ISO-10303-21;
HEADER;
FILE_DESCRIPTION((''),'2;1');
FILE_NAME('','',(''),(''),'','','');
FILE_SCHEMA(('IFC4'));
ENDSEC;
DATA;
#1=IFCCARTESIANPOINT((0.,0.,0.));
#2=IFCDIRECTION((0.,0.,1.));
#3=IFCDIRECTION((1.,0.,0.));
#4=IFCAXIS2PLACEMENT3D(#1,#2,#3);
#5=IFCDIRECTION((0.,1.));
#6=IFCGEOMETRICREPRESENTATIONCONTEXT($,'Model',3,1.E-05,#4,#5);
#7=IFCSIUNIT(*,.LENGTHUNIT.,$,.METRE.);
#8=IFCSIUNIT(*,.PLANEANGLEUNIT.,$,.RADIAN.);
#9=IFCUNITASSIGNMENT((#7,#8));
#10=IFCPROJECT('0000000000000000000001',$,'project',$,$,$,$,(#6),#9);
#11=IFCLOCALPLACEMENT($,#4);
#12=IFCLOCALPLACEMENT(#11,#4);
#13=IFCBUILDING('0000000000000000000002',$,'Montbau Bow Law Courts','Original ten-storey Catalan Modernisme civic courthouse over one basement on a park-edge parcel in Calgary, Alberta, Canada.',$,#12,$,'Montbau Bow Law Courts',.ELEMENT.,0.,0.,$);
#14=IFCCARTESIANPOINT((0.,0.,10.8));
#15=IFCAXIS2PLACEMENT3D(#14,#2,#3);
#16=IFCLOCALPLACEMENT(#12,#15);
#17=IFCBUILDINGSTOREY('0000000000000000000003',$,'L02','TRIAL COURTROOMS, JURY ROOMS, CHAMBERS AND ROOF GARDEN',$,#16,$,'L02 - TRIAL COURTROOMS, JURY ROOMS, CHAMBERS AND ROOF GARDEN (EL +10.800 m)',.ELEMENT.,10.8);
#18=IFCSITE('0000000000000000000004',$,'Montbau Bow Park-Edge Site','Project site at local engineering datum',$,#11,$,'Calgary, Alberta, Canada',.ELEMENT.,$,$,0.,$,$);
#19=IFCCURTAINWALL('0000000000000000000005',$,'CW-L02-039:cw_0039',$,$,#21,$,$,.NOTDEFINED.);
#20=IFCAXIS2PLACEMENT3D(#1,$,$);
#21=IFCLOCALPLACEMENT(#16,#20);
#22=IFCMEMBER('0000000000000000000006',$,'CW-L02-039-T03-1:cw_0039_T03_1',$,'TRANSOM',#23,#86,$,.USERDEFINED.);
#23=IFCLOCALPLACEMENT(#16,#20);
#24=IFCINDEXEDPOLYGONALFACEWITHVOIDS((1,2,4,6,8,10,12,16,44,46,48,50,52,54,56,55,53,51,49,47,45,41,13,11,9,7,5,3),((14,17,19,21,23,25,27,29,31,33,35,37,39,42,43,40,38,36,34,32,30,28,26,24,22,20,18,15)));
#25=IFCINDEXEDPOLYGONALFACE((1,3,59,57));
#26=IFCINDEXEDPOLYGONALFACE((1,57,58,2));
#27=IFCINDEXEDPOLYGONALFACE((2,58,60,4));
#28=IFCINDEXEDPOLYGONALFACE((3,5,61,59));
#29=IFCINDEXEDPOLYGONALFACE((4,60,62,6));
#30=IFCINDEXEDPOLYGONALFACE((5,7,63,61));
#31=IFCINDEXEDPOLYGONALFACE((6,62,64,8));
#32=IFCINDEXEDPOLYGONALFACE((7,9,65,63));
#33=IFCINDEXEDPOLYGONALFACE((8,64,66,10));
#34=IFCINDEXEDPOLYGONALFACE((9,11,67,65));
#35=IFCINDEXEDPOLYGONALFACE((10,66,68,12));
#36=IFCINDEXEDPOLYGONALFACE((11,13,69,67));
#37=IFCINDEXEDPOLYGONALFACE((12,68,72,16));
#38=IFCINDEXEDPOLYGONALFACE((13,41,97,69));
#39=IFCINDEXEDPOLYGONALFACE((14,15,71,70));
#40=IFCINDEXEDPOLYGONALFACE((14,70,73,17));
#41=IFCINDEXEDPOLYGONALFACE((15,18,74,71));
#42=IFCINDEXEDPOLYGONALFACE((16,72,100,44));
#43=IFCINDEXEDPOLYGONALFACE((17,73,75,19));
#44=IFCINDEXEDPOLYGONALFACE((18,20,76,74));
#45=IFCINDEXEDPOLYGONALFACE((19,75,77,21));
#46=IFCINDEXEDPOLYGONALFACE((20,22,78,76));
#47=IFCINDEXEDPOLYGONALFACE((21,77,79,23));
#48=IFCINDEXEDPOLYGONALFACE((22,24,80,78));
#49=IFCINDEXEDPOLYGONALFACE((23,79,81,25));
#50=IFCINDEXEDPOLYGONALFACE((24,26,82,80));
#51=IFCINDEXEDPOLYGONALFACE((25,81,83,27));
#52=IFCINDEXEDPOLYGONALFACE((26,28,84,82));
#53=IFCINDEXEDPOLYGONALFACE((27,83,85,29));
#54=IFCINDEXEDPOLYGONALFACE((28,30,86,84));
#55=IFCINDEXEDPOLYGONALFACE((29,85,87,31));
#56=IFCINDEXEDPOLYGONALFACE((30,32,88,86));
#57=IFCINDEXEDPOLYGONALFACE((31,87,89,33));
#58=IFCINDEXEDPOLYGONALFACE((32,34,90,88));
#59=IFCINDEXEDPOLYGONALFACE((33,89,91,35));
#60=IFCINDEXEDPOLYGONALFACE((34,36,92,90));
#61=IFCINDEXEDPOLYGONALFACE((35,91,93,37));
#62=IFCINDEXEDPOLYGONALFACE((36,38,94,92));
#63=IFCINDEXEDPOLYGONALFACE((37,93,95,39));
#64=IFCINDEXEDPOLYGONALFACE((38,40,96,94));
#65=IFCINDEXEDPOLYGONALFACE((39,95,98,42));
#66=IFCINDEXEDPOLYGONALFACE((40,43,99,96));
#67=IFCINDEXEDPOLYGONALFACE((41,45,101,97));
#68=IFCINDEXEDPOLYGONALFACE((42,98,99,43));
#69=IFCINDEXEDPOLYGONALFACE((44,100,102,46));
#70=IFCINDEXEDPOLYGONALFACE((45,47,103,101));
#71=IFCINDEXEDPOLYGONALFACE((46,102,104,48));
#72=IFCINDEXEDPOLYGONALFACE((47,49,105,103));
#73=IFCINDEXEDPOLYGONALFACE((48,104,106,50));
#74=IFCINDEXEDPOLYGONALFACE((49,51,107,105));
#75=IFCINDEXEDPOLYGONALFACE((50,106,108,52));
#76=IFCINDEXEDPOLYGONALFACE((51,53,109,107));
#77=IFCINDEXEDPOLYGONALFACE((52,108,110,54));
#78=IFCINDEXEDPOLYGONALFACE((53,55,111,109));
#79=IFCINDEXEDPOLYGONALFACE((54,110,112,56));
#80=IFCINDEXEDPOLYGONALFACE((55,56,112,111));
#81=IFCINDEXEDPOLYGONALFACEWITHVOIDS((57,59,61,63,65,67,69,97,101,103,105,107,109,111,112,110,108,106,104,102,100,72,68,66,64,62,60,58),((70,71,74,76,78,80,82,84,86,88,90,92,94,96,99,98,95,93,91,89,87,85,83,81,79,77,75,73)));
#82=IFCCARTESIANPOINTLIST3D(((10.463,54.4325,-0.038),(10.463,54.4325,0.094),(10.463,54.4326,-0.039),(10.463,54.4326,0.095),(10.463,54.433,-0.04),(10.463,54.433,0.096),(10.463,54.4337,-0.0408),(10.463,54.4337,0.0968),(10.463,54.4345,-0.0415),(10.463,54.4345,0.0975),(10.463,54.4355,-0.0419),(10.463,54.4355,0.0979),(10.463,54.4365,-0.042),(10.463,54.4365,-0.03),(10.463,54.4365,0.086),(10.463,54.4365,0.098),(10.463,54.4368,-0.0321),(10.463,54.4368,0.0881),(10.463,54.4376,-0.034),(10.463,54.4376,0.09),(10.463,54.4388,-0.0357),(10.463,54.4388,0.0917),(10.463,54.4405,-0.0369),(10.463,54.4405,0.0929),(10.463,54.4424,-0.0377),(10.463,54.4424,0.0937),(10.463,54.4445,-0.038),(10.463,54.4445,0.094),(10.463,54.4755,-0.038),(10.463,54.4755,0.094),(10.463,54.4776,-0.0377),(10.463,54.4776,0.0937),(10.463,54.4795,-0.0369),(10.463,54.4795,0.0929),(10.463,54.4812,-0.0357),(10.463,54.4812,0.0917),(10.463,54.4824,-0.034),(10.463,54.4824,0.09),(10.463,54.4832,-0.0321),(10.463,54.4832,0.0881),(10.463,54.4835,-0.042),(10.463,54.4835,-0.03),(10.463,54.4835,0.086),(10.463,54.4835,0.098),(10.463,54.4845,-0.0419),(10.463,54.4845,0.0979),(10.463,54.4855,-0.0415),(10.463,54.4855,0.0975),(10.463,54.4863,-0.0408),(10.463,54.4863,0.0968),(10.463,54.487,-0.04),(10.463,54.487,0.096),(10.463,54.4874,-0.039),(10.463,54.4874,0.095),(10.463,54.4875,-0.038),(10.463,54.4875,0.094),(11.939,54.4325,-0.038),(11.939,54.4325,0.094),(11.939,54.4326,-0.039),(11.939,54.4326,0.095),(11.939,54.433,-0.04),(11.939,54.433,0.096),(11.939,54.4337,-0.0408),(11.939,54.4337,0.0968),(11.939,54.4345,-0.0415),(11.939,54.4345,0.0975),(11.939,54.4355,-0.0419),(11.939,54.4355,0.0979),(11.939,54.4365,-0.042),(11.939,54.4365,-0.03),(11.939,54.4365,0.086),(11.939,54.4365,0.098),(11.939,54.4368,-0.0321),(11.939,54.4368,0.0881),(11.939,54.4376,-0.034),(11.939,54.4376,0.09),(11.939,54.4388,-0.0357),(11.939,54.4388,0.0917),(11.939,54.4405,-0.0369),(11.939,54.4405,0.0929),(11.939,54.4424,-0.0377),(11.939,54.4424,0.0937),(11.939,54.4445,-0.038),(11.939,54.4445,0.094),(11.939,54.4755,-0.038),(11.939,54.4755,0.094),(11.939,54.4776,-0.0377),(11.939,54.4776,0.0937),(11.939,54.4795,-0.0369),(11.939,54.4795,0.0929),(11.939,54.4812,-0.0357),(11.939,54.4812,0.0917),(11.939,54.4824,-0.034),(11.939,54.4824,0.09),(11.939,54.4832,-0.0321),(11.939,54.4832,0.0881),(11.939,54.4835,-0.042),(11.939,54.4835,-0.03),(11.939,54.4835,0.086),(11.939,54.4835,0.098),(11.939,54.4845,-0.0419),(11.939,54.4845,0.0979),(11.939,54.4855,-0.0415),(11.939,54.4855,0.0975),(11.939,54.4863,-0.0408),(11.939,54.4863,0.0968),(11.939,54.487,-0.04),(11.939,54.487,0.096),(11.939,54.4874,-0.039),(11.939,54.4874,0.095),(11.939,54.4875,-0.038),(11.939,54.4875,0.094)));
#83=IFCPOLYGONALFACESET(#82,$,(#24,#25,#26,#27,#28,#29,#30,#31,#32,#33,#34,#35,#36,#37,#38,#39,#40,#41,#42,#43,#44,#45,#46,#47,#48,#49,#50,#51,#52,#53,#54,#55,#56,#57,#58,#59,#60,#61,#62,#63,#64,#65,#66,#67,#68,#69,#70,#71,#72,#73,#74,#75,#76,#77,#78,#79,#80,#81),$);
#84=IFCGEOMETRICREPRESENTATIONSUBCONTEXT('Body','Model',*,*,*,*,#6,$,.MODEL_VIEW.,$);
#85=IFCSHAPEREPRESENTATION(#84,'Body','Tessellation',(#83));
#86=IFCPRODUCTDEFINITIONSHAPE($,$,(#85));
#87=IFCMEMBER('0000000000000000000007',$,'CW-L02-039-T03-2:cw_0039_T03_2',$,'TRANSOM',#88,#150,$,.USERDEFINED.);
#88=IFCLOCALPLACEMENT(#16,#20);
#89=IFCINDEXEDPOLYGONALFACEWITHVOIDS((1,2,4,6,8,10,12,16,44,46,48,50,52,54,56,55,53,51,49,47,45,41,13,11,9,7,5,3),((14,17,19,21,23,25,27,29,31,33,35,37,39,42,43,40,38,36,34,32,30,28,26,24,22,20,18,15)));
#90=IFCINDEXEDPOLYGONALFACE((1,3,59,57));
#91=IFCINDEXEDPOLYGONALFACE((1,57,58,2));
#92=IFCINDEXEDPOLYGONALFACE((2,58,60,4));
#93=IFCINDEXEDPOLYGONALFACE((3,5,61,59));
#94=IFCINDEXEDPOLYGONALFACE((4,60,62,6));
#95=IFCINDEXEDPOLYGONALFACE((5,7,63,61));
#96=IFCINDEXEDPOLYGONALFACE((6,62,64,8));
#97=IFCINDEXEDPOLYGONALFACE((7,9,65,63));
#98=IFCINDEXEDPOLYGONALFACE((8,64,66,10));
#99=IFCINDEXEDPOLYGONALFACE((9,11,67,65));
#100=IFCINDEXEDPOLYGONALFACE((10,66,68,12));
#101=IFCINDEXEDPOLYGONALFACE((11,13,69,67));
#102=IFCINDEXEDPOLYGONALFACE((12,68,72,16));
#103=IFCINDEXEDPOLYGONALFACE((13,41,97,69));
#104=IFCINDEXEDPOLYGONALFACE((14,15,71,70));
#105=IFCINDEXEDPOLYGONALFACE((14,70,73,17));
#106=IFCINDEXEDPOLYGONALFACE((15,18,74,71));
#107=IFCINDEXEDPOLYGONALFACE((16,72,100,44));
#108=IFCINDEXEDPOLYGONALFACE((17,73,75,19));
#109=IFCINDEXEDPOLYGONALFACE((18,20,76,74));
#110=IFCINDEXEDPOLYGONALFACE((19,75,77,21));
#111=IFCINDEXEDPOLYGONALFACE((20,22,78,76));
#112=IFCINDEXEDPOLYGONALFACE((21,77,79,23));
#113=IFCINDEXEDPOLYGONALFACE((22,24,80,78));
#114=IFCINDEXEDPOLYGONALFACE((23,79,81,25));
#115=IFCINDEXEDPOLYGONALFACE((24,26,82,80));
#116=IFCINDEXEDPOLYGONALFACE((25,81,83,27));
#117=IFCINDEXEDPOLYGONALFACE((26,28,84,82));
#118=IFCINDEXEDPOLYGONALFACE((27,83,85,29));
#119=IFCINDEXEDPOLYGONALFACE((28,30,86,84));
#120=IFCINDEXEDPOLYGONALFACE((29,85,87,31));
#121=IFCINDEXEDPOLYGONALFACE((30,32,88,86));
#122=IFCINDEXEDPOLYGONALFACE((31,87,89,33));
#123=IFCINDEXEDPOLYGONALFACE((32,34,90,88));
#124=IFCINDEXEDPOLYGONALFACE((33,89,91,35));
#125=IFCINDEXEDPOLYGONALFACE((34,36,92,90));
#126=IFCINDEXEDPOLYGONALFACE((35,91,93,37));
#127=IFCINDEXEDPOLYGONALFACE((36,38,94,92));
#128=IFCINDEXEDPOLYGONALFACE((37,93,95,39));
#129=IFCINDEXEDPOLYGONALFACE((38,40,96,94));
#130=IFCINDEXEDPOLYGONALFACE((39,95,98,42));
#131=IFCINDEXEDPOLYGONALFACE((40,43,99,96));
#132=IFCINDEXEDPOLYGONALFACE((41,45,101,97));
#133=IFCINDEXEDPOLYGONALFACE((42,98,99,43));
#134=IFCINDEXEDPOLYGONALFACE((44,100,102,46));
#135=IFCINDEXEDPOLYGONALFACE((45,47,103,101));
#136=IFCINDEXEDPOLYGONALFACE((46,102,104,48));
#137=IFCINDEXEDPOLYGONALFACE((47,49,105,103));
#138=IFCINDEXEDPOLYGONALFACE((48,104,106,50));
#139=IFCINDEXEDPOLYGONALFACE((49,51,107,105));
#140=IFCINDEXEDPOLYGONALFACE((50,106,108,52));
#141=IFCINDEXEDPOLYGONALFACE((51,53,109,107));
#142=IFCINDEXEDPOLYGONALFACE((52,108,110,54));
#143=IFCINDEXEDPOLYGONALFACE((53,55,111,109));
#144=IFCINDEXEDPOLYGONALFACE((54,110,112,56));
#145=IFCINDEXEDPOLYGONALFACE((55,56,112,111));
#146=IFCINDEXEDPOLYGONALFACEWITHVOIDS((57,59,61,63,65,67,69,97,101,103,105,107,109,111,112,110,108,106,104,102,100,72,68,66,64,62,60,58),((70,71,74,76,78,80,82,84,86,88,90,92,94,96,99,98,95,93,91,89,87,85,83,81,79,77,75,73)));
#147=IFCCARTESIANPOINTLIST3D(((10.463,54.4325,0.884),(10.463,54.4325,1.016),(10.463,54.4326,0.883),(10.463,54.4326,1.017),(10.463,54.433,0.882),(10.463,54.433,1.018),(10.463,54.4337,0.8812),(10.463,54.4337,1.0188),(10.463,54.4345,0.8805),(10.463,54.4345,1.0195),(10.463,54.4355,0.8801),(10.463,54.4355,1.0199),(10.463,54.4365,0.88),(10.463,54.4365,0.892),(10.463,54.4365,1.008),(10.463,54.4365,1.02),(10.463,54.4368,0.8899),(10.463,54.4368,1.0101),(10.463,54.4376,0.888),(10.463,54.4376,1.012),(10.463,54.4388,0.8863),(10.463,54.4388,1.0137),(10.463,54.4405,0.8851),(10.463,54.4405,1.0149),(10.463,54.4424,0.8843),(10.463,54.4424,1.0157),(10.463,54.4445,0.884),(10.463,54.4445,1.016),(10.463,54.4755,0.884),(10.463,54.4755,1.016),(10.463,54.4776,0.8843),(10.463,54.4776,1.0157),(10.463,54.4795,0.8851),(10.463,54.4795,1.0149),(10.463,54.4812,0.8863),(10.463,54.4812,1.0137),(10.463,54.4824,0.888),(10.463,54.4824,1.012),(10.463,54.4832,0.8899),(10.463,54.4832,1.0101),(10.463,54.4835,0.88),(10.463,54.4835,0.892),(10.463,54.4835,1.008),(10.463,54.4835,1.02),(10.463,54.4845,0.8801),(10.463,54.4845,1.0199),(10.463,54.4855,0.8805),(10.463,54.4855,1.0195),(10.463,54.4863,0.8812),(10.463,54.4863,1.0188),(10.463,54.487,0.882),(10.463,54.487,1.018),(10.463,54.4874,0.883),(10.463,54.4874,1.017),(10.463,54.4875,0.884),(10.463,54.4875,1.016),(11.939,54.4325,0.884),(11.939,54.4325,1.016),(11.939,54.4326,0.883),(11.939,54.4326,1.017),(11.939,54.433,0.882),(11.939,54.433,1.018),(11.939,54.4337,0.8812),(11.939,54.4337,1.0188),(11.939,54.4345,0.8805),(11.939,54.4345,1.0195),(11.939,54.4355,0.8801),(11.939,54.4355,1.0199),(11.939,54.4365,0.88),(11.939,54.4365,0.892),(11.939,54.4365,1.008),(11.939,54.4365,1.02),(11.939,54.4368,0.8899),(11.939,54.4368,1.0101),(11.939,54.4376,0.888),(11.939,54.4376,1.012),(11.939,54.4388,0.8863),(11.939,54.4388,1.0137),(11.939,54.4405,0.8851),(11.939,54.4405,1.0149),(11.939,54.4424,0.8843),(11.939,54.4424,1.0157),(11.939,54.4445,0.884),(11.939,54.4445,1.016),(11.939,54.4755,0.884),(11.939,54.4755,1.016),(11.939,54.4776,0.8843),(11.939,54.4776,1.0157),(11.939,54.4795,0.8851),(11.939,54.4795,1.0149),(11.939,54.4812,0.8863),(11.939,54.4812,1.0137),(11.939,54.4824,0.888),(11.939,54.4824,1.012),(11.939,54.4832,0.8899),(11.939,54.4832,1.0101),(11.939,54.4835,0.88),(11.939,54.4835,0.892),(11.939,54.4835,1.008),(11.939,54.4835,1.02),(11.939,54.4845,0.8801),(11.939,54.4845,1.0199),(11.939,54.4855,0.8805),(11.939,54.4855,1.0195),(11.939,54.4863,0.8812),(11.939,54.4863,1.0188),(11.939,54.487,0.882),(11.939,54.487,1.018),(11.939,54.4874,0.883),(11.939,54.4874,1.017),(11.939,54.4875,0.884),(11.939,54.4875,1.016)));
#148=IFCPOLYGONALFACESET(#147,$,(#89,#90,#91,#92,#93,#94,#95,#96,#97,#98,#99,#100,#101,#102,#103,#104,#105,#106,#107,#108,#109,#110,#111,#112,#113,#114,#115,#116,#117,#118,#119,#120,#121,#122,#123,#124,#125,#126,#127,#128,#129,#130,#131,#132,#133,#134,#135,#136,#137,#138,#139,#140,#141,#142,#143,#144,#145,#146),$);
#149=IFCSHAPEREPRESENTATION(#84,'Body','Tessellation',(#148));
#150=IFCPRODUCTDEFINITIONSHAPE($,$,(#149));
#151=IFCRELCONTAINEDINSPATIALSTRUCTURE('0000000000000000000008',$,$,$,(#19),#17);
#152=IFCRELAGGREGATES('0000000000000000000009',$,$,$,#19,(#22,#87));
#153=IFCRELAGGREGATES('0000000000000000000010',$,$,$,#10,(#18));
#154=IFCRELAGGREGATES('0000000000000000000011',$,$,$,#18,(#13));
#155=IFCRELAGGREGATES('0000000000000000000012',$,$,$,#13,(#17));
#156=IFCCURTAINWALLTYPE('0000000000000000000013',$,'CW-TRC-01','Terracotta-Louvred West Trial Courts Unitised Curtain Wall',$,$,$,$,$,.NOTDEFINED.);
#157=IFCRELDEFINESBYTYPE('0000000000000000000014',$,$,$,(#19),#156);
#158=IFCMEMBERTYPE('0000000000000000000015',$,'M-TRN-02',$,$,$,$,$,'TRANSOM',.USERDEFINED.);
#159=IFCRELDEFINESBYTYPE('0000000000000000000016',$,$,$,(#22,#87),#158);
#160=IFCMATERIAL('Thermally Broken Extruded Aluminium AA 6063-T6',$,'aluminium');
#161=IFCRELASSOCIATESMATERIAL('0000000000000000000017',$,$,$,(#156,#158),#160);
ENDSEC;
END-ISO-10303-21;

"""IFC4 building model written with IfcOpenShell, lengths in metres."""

from ifc_helpers import new_model, si_unit, direction, frame, origin_with_axes, origin_2d_with_axis, place, context, subcontext, project, spatial, hollow_rectangle, extrude, material, material_profile, profile_set, type_object, element, aggregate, save


model = new_model("IFC4")

# Units and contexts
model_context = context("Model", 3, precision=1e-05, world=origin_with_axes(), true_north=direction((0.0, 1.0)))
body_context = subcontext(model_context, "Body", "Model", "MODEL_VIEW")
ifc_project = project(units=[si_unit("LENGTHUNIT", "METRE"), si_unit("PLANEANGLEUNIT", "RADIAN")], contexts=[model_context])

# Site, building, storey
site_placement = place(None, origin_with_axes())
site = spatial("IfcSite", under=ifc_project, at=site_placement, Name="Montbau Bow Park-Edge Site", Description="Project site at local engineering datum", LongName="Calgary, Alberta, Canada", CompositionType="ELEMENT", RefElevation=0.0)
building_placement = place(site_placement, origin_with_axes())
building = spatial("IfcBuilding", under=site, at=building_placement, Name="Montbau Bow Law Courts", Description="Original ten-storey Catalan Modernisme civic courthouse over one basement on a park-edge parcel in Calgary, Alberta, Canada.", LongName="Montbau Bow Law Courts", CompositionType="ELEMENT", ElevationOfRefHeight=0.0, ElevationOfTerrain=0.0)
storey_placement = place(building_placement, frame((0.0, 0.0, 10.8), z_axis=(0.0, 0.0, 1.0), x_axis=(1.0, 0.0, 0.0)))
storey = spatial("IfcBuildingStorey", under=building, at=storey_placement, Name="L02", Description="TRIAL COURTROOMS, JURY ROOMS, CHAMBERS AND ROOF GARDEN", LongName="L02 - TRIAL COURTROOMS, JURY ROOMS, CHAMBERS AND ROOF GARDEN (EL +10.800 m)", CompositionType="ELEMENT", Elevation=10.8)

# Curtain wall
ifc_material_1 = material(Name="Thermally Broken Extruded Aluminium AA 6063-T6", Category="aluminium")
curtain_wall_type = type_object("IfcCurtainWallType", Name="CW-TRC-01", Description="Terracotta-Louvred West Trial Courts Unitised Curtain Wall", PredefinedType="NOTDEFINED", material=ifc_material_1)
curtain_wall_1_placement = place(None, frame((7.315, 54.46, 10.8), z_axis=(0.0, 0.0, 1.0), x_axis=(1.0, 0.0, 0.0)))
curtain_wall_1 = element("IfcCurtainWall", 1, at=curtain_wall_1_placement, inside=storey, type_object=curtain_wall_type, Name="CW-L02-039:cw_0039", PredefinedType="NOTDEFINED")

# Members
ifc_material_profile_1 = material_profile(ifc_material_1, hollow_rectangle(XDim=0.055, YDim=0.14, WallThickness=0.004, InnerFilletRadius=0.008, OuterFilletRadius=0.004, at=origin_2d_with_axis()), Name="CWT-140X55", Category="Main", Priority=0)
ifc_profile_set_1 = profile_set([ifc_material_profile_1], Name="Thermally Broken Extruded Aluminium AA 6063-T6")
member_type_1 = type_object("IfcMemberType", Name="M-TRN-02", ElementType="TRANSOM", PredefinedType="USERDEFINED", material=ifc_profile_set_1)
member_1_placement = place(None, frame((10.463, 54.46, 10.828), z_axis=(1.0, 0.0, 0.0), x_axis=(0.0, 1.0, 0.0)))
member_1 = element("IfcMember", 2, at=member_1_placement, type_object=member_type_1, Name="CW-L02-039-T03-1:cw_0039_T03_1", ObjectType="TRANSOM", PredefinedType="USERDEFINED", context=body_context, shape_type="SweptSolid", body=[
    extrude(hollow_rectangle(XDim=0.055, YDim=0.14, WallThickness=0.004, InnerFilletRadius=0.008, OuterFilletRadius=0.004, at=origin_2d_with_axis()), origin_with_axes(), (0.0, 0.0, 1.0), 1.476),
])
member_2_placement = place(None, frame((10.463, 54.46, 11.75), z_axis=(1.0, 0.0, 0.0), x_axis=(0.0, 1.0, 0.0)))
member_2 = element("IfcMember", 3, at=member_2_placement, type_object=member_type_1, Name="CW-L02-039-T03-2:cw_0039_T03_2", ObjectType="TRANSOM", PredefinedType="USERDEFINED", context=body_context, shape_type="SweptSolid", body=[
    extrude(hollow_rectangle(XDim=0.055, YDim=0.14, WallThickness=0.004, InnerFilletRadius=0.008, OuterFilletRadius=0.004, at=origin_2d_with_axis()), origin_with_axes(), (0.0, 0.0, 1.0), 1.476),
])

aggregate(curtain_wall_1, [member_1, member_2])

save(model, "model.ifc")
